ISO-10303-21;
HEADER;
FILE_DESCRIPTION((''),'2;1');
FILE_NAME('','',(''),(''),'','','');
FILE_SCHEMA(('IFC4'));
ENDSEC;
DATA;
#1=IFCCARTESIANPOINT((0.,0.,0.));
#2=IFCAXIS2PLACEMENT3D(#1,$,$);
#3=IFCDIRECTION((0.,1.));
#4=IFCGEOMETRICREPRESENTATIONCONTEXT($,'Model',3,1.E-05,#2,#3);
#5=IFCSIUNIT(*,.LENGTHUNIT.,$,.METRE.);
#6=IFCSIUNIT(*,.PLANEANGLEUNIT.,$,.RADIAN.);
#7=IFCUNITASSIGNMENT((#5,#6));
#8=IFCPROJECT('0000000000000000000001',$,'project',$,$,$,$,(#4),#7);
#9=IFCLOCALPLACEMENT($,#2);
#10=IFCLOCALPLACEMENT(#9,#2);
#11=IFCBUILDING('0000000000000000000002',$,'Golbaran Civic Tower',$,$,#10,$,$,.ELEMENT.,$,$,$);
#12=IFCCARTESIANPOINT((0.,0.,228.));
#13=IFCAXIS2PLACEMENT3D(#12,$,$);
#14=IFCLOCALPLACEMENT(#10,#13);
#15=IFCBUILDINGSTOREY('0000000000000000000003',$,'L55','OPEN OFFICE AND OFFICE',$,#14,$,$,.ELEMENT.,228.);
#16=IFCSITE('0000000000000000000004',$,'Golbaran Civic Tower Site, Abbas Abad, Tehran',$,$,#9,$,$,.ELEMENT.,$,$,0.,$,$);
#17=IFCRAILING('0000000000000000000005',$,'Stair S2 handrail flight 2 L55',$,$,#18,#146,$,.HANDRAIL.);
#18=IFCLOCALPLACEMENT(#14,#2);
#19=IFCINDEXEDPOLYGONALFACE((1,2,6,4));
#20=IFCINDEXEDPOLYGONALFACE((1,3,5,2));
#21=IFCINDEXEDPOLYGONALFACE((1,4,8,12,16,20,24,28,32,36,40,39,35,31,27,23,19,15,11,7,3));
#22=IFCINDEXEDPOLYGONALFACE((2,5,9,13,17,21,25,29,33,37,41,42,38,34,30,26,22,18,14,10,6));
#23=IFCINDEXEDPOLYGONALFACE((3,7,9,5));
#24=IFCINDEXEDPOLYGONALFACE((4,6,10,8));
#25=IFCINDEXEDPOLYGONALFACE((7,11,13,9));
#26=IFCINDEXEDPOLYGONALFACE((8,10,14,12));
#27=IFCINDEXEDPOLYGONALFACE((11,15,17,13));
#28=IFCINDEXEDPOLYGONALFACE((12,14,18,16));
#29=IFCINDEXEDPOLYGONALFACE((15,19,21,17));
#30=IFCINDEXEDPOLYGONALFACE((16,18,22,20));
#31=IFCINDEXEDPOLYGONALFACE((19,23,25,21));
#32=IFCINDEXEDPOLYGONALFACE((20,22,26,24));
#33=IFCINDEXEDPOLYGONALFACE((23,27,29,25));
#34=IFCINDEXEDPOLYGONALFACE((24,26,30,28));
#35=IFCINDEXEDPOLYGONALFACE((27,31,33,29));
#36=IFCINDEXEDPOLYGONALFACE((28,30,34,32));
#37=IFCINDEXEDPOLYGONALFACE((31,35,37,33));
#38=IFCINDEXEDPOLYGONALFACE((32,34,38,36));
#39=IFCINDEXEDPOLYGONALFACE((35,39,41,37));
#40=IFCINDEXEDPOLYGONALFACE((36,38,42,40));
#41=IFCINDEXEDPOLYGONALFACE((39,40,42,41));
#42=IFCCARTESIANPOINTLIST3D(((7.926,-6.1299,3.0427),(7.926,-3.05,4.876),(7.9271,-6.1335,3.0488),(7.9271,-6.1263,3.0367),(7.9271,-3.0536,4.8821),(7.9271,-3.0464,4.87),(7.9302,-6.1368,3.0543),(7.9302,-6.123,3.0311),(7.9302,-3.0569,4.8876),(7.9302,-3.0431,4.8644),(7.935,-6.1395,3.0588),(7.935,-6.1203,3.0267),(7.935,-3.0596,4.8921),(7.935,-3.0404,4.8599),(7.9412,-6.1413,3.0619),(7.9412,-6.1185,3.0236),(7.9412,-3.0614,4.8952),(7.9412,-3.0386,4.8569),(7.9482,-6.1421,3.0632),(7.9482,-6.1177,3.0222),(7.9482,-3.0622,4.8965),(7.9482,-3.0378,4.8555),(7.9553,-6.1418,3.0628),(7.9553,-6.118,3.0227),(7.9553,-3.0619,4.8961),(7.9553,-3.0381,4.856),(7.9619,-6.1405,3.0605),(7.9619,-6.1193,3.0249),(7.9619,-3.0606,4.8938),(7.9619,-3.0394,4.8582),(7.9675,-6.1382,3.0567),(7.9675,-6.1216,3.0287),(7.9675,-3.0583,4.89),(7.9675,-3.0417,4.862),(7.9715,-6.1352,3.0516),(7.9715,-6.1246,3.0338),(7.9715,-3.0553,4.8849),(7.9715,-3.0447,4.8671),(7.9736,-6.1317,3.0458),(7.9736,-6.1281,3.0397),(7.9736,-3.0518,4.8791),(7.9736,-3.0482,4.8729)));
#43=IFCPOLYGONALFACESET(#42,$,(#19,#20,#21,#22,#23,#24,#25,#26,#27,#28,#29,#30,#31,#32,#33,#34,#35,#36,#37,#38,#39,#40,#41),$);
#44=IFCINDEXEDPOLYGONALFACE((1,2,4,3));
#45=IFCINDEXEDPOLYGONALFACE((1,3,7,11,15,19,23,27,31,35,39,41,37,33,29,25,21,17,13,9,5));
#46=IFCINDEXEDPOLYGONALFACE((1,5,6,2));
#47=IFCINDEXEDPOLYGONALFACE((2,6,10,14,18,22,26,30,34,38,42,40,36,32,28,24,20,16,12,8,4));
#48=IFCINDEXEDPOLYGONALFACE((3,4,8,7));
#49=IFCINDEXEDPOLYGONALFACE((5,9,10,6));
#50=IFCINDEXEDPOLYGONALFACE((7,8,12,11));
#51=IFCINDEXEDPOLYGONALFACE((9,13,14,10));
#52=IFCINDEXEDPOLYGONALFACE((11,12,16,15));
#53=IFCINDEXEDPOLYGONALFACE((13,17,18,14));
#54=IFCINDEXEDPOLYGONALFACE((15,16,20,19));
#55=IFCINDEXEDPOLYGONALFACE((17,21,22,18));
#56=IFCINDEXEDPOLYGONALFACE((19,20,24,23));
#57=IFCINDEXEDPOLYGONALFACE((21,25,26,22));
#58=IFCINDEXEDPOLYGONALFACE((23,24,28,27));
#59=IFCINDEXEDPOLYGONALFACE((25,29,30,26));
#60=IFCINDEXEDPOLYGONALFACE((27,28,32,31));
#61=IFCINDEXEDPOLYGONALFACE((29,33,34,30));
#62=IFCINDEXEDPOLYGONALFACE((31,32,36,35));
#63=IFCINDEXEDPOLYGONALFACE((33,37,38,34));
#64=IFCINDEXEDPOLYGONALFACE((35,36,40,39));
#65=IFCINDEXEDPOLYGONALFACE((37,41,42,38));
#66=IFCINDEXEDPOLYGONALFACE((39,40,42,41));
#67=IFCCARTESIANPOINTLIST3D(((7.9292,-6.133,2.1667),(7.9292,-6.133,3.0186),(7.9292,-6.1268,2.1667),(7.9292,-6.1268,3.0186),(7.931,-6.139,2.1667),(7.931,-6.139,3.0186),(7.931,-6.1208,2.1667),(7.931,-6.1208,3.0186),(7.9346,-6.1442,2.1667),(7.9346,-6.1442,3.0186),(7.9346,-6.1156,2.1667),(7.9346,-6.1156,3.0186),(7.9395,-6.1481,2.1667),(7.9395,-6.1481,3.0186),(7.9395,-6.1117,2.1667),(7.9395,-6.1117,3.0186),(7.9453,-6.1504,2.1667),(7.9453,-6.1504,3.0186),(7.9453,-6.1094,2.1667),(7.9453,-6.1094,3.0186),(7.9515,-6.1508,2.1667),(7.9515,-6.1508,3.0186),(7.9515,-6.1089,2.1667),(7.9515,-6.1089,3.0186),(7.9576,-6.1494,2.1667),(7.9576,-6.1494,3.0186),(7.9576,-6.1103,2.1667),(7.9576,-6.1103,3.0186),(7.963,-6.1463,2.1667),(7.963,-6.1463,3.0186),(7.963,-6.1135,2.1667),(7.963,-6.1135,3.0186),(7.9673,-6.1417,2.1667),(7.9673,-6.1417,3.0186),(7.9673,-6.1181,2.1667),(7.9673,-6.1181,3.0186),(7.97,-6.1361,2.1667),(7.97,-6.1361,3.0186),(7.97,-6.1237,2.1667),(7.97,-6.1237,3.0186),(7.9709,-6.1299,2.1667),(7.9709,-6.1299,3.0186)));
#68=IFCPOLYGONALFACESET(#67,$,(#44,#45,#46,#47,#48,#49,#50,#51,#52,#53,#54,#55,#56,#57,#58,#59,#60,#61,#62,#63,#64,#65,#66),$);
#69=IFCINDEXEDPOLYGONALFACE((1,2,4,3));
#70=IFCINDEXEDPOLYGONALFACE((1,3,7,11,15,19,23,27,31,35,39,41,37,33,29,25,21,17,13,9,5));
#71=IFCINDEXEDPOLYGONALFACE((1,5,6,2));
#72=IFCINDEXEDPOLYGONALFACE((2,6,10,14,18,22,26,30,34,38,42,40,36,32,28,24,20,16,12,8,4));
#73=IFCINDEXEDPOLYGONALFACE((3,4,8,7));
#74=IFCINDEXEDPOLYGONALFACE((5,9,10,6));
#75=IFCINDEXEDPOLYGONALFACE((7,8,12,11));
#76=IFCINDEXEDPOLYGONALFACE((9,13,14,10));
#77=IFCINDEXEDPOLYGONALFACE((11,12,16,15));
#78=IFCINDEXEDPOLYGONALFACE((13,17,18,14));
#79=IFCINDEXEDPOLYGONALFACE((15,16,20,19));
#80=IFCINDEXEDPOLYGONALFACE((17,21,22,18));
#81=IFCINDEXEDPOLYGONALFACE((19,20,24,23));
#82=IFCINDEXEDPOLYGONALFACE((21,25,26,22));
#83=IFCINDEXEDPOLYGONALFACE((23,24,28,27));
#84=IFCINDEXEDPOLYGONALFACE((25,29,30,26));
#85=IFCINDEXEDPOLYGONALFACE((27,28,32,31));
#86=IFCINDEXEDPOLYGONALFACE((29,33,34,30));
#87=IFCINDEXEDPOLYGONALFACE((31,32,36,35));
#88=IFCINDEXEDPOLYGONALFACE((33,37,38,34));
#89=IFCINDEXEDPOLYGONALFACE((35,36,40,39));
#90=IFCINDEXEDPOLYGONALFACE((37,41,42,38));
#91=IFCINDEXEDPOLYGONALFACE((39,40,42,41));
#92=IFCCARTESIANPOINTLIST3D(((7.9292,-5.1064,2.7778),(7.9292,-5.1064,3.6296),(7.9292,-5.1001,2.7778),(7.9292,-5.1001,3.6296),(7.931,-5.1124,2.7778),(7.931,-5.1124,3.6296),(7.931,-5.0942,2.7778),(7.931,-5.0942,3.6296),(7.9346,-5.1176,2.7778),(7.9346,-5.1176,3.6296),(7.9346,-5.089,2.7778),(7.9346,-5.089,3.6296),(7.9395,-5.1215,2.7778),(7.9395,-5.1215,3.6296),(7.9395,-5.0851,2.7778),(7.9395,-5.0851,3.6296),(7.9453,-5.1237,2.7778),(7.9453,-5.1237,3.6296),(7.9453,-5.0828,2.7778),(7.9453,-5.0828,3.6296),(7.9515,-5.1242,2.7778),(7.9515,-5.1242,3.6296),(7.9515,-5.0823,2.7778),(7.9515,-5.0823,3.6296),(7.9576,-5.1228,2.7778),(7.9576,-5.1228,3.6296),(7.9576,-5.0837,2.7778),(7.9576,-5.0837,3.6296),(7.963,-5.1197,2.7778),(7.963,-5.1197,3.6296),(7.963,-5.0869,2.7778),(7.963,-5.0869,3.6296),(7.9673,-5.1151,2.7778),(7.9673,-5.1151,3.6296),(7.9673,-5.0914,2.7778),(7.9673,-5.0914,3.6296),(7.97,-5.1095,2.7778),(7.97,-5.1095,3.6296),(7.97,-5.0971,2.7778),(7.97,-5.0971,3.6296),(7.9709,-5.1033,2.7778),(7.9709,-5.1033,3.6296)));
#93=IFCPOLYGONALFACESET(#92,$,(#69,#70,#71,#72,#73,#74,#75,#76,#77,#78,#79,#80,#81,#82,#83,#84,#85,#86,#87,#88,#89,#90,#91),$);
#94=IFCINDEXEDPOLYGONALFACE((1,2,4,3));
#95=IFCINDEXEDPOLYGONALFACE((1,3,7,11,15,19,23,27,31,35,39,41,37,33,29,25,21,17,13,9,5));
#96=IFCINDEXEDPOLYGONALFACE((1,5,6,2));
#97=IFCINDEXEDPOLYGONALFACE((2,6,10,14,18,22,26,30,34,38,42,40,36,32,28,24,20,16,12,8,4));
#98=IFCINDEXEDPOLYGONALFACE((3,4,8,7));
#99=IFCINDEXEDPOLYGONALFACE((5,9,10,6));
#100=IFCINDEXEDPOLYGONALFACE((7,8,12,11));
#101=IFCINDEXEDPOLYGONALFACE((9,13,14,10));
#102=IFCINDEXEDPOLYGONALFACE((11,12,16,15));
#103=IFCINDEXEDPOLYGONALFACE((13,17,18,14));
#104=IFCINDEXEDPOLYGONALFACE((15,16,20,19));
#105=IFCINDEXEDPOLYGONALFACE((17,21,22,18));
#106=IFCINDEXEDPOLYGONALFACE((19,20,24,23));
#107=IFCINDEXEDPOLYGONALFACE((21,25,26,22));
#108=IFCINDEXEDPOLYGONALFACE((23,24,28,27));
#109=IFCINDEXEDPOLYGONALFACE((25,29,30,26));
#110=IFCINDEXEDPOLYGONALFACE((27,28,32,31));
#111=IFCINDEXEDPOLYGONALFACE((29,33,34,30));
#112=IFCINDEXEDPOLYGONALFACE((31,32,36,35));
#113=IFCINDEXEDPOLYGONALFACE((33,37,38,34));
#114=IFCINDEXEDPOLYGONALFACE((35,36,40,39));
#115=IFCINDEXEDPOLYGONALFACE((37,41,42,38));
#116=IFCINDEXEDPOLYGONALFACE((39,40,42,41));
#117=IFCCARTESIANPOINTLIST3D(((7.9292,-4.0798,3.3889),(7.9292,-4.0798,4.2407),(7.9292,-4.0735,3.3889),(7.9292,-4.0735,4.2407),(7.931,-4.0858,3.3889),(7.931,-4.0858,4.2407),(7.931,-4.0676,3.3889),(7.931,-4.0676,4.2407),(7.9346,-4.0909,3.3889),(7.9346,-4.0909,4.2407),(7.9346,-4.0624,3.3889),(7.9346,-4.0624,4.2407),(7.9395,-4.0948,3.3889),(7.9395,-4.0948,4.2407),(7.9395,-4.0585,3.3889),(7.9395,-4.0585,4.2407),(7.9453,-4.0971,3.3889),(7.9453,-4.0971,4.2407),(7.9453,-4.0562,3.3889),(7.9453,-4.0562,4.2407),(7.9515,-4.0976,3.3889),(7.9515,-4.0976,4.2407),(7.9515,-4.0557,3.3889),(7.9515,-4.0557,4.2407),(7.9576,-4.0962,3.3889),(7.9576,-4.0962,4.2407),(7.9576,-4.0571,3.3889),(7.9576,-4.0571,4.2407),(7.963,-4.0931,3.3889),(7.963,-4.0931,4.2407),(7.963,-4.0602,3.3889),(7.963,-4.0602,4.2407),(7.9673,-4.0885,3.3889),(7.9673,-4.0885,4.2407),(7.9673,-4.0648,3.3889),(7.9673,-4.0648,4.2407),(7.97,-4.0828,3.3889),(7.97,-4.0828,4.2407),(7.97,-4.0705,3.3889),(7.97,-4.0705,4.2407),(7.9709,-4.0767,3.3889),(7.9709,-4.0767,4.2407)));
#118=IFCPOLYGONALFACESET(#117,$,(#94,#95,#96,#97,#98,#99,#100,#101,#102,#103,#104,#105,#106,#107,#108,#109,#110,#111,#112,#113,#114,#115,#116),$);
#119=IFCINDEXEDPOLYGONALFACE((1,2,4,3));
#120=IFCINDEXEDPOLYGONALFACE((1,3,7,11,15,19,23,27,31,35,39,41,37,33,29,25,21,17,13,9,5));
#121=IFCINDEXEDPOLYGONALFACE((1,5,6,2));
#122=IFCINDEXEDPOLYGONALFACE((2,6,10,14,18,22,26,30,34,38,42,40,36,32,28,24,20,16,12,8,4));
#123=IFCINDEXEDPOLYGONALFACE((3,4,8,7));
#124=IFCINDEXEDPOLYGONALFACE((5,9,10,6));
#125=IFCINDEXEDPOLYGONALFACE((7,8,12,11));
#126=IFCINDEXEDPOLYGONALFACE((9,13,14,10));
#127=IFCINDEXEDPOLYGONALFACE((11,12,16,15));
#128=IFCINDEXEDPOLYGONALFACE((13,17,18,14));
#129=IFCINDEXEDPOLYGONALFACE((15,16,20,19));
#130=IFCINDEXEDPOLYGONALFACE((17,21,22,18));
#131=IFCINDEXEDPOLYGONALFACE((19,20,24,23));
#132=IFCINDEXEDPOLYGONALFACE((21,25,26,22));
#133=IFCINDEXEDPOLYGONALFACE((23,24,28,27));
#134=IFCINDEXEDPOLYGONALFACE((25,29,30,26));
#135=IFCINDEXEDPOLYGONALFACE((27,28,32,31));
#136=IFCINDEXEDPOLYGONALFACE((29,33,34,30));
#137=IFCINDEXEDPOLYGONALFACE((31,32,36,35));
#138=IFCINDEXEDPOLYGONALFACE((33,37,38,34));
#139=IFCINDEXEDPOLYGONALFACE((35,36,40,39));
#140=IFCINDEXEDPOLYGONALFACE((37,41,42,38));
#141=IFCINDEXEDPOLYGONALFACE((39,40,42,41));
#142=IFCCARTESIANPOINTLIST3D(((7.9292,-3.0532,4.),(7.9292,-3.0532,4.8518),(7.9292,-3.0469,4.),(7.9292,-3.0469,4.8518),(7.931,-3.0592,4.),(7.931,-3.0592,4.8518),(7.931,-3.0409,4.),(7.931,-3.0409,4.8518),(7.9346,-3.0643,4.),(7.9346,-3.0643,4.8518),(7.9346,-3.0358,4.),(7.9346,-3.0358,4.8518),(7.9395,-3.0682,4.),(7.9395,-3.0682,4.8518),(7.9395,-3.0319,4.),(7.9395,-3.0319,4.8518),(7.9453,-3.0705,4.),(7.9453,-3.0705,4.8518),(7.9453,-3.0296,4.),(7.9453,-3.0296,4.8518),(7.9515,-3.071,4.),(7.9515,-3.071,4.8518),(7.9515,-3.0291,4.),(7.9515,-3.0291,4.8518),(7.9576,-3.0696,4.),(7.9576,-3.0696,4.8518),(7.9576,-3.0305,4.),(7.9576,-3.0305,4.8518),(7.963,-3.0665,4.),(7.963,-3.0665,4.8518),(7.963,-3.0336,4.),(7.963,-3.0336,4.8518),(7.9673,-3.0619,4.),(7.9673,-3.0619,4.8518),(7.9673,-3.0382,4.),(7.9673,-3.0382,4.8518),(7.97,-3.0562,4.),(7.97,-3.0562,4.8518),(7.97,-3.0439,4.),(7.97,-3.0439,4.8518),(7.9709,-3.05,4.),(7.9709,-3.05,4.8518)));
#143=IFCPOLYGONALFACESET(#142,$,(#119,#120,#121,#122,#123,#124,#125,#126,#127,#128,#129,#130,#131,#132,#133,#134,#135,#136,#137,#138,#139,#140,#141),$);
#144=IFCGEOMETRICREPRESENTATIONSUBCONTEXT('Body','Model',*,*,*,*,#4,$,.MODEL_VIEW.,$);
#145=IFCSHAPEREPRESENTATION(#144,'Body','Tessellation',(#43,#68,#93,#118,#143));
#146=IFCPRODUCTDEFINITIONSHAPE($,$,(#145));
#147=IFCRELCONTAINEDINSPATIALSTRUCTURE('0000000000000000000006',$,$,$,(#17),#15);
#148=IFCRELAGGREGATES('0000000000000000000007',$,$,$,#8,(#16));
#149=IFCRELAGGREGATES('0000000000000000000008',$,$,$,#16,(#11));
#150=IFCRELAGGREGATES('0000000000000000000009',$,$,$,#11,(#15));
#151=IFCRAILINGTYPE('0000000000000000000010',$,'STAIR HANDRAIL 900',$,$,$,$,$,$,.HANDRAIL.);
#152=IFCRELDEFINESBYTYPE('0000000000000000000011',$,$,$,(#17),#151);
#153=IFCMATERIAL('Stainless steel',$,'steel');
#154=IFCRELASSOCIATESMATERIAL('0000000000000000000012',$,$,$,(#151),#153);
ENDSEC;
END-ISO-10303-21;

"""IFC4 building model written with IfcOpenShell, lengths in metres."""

from ifc_helpers import new_model, si_unit, direction, frame, origin, origin_2d, place, context, subcontext, project, spatial, circle, extrude, material, type_object, element, save


model = new_model("IFC4")

# Units and contexts
model_context = context("Model", 3, precision=1e-05, world=origin(), true_north=direction((0.0, 1.0)))
body_context = subcontext(model_context, "Body", "Model", "MODEL_VIEW")
ifc_project = project(units=[si_unit("LENGTHUNIT", "METRE"), si_unit("PLANEANGLEUNIT", "RADIAN")], contexts=[model_context])

# Site, building, storey
site_placement = place(None, origin())
site = spatial("IfcSite", under=ifc_project, at=site_placement, Name="Golbaran Civic Tower Site, Abbas Abad, Tehran", CompositionType="ELEMENT", RefElevation=0.0)
building_placement = place(site_placement, origin())
building = spatial("IfcBuilding", under=site, at=building_placement, Name="Golbaran Civic Tower", CompositionType="ELEMENT")
storey_placement = place(building_placement, frame((0.0, 0.0, 228.0)))
storey = spatial("IfcBuildingStorey", under=building, at=storey_placement, Name="L55", Description="OPEN OFFICE AND OFFICE", CompositionType="ELEMENT", Elevation=228.0)

# Shared definitions
ifc_material_1 = material(Name="Stainless steel", Category="steel")

# Railing
railing_type = type_object("IfcRailingType", Name="STAIR HANDRAIL 900", PredefinedType="HANDRAIL", material=ifc_material_1)
railing_1_placement = place(storey_placement, frame((7.95, -6.1299, 2.1667)))
element("IfcRailing", 1, at=railing_1_placement, inside=storey, type_object=railing_type, Name="Stair S2 handrail flight 2 L55", PredefinedType="HANDRAIL", context=body_context, shape_type="SweptSolid", body=[
    extrude(circle(Radius=0.0239, at=origin_2d()), frame((0.0, 0.0, 0.876), z_axis=(0.0, 0.859291, 0.511487), x_axis=(-1.0, 0.0, 0.0)), (0.0, 0.0, 1.0), 3.5842),
    extrude(circle(Radius=0.021, at=origin_2d()), origin(), (0.0, 0.0, 1.0), 0.8518),
    extrude(circle(Radius=0.021, at=origin_2d()), frame((0.0, 1.0266, 0.6111)), (0.0, 0.0, 1.0), 0.8518),
    extrude(circle(Radius=0.021, at=origin_2d()), frame((0.0, 2.0532, 1.2222)), (0.0, 0.0, 1.0), 0.8518),
    extrude(circle(Radius=0.021, at=origin_2d()), frame((0.0, 3.0798, 1.8333)), (0.0, 0.0, 1.0), 0.8518),
])

save(model, "model.ifc")
